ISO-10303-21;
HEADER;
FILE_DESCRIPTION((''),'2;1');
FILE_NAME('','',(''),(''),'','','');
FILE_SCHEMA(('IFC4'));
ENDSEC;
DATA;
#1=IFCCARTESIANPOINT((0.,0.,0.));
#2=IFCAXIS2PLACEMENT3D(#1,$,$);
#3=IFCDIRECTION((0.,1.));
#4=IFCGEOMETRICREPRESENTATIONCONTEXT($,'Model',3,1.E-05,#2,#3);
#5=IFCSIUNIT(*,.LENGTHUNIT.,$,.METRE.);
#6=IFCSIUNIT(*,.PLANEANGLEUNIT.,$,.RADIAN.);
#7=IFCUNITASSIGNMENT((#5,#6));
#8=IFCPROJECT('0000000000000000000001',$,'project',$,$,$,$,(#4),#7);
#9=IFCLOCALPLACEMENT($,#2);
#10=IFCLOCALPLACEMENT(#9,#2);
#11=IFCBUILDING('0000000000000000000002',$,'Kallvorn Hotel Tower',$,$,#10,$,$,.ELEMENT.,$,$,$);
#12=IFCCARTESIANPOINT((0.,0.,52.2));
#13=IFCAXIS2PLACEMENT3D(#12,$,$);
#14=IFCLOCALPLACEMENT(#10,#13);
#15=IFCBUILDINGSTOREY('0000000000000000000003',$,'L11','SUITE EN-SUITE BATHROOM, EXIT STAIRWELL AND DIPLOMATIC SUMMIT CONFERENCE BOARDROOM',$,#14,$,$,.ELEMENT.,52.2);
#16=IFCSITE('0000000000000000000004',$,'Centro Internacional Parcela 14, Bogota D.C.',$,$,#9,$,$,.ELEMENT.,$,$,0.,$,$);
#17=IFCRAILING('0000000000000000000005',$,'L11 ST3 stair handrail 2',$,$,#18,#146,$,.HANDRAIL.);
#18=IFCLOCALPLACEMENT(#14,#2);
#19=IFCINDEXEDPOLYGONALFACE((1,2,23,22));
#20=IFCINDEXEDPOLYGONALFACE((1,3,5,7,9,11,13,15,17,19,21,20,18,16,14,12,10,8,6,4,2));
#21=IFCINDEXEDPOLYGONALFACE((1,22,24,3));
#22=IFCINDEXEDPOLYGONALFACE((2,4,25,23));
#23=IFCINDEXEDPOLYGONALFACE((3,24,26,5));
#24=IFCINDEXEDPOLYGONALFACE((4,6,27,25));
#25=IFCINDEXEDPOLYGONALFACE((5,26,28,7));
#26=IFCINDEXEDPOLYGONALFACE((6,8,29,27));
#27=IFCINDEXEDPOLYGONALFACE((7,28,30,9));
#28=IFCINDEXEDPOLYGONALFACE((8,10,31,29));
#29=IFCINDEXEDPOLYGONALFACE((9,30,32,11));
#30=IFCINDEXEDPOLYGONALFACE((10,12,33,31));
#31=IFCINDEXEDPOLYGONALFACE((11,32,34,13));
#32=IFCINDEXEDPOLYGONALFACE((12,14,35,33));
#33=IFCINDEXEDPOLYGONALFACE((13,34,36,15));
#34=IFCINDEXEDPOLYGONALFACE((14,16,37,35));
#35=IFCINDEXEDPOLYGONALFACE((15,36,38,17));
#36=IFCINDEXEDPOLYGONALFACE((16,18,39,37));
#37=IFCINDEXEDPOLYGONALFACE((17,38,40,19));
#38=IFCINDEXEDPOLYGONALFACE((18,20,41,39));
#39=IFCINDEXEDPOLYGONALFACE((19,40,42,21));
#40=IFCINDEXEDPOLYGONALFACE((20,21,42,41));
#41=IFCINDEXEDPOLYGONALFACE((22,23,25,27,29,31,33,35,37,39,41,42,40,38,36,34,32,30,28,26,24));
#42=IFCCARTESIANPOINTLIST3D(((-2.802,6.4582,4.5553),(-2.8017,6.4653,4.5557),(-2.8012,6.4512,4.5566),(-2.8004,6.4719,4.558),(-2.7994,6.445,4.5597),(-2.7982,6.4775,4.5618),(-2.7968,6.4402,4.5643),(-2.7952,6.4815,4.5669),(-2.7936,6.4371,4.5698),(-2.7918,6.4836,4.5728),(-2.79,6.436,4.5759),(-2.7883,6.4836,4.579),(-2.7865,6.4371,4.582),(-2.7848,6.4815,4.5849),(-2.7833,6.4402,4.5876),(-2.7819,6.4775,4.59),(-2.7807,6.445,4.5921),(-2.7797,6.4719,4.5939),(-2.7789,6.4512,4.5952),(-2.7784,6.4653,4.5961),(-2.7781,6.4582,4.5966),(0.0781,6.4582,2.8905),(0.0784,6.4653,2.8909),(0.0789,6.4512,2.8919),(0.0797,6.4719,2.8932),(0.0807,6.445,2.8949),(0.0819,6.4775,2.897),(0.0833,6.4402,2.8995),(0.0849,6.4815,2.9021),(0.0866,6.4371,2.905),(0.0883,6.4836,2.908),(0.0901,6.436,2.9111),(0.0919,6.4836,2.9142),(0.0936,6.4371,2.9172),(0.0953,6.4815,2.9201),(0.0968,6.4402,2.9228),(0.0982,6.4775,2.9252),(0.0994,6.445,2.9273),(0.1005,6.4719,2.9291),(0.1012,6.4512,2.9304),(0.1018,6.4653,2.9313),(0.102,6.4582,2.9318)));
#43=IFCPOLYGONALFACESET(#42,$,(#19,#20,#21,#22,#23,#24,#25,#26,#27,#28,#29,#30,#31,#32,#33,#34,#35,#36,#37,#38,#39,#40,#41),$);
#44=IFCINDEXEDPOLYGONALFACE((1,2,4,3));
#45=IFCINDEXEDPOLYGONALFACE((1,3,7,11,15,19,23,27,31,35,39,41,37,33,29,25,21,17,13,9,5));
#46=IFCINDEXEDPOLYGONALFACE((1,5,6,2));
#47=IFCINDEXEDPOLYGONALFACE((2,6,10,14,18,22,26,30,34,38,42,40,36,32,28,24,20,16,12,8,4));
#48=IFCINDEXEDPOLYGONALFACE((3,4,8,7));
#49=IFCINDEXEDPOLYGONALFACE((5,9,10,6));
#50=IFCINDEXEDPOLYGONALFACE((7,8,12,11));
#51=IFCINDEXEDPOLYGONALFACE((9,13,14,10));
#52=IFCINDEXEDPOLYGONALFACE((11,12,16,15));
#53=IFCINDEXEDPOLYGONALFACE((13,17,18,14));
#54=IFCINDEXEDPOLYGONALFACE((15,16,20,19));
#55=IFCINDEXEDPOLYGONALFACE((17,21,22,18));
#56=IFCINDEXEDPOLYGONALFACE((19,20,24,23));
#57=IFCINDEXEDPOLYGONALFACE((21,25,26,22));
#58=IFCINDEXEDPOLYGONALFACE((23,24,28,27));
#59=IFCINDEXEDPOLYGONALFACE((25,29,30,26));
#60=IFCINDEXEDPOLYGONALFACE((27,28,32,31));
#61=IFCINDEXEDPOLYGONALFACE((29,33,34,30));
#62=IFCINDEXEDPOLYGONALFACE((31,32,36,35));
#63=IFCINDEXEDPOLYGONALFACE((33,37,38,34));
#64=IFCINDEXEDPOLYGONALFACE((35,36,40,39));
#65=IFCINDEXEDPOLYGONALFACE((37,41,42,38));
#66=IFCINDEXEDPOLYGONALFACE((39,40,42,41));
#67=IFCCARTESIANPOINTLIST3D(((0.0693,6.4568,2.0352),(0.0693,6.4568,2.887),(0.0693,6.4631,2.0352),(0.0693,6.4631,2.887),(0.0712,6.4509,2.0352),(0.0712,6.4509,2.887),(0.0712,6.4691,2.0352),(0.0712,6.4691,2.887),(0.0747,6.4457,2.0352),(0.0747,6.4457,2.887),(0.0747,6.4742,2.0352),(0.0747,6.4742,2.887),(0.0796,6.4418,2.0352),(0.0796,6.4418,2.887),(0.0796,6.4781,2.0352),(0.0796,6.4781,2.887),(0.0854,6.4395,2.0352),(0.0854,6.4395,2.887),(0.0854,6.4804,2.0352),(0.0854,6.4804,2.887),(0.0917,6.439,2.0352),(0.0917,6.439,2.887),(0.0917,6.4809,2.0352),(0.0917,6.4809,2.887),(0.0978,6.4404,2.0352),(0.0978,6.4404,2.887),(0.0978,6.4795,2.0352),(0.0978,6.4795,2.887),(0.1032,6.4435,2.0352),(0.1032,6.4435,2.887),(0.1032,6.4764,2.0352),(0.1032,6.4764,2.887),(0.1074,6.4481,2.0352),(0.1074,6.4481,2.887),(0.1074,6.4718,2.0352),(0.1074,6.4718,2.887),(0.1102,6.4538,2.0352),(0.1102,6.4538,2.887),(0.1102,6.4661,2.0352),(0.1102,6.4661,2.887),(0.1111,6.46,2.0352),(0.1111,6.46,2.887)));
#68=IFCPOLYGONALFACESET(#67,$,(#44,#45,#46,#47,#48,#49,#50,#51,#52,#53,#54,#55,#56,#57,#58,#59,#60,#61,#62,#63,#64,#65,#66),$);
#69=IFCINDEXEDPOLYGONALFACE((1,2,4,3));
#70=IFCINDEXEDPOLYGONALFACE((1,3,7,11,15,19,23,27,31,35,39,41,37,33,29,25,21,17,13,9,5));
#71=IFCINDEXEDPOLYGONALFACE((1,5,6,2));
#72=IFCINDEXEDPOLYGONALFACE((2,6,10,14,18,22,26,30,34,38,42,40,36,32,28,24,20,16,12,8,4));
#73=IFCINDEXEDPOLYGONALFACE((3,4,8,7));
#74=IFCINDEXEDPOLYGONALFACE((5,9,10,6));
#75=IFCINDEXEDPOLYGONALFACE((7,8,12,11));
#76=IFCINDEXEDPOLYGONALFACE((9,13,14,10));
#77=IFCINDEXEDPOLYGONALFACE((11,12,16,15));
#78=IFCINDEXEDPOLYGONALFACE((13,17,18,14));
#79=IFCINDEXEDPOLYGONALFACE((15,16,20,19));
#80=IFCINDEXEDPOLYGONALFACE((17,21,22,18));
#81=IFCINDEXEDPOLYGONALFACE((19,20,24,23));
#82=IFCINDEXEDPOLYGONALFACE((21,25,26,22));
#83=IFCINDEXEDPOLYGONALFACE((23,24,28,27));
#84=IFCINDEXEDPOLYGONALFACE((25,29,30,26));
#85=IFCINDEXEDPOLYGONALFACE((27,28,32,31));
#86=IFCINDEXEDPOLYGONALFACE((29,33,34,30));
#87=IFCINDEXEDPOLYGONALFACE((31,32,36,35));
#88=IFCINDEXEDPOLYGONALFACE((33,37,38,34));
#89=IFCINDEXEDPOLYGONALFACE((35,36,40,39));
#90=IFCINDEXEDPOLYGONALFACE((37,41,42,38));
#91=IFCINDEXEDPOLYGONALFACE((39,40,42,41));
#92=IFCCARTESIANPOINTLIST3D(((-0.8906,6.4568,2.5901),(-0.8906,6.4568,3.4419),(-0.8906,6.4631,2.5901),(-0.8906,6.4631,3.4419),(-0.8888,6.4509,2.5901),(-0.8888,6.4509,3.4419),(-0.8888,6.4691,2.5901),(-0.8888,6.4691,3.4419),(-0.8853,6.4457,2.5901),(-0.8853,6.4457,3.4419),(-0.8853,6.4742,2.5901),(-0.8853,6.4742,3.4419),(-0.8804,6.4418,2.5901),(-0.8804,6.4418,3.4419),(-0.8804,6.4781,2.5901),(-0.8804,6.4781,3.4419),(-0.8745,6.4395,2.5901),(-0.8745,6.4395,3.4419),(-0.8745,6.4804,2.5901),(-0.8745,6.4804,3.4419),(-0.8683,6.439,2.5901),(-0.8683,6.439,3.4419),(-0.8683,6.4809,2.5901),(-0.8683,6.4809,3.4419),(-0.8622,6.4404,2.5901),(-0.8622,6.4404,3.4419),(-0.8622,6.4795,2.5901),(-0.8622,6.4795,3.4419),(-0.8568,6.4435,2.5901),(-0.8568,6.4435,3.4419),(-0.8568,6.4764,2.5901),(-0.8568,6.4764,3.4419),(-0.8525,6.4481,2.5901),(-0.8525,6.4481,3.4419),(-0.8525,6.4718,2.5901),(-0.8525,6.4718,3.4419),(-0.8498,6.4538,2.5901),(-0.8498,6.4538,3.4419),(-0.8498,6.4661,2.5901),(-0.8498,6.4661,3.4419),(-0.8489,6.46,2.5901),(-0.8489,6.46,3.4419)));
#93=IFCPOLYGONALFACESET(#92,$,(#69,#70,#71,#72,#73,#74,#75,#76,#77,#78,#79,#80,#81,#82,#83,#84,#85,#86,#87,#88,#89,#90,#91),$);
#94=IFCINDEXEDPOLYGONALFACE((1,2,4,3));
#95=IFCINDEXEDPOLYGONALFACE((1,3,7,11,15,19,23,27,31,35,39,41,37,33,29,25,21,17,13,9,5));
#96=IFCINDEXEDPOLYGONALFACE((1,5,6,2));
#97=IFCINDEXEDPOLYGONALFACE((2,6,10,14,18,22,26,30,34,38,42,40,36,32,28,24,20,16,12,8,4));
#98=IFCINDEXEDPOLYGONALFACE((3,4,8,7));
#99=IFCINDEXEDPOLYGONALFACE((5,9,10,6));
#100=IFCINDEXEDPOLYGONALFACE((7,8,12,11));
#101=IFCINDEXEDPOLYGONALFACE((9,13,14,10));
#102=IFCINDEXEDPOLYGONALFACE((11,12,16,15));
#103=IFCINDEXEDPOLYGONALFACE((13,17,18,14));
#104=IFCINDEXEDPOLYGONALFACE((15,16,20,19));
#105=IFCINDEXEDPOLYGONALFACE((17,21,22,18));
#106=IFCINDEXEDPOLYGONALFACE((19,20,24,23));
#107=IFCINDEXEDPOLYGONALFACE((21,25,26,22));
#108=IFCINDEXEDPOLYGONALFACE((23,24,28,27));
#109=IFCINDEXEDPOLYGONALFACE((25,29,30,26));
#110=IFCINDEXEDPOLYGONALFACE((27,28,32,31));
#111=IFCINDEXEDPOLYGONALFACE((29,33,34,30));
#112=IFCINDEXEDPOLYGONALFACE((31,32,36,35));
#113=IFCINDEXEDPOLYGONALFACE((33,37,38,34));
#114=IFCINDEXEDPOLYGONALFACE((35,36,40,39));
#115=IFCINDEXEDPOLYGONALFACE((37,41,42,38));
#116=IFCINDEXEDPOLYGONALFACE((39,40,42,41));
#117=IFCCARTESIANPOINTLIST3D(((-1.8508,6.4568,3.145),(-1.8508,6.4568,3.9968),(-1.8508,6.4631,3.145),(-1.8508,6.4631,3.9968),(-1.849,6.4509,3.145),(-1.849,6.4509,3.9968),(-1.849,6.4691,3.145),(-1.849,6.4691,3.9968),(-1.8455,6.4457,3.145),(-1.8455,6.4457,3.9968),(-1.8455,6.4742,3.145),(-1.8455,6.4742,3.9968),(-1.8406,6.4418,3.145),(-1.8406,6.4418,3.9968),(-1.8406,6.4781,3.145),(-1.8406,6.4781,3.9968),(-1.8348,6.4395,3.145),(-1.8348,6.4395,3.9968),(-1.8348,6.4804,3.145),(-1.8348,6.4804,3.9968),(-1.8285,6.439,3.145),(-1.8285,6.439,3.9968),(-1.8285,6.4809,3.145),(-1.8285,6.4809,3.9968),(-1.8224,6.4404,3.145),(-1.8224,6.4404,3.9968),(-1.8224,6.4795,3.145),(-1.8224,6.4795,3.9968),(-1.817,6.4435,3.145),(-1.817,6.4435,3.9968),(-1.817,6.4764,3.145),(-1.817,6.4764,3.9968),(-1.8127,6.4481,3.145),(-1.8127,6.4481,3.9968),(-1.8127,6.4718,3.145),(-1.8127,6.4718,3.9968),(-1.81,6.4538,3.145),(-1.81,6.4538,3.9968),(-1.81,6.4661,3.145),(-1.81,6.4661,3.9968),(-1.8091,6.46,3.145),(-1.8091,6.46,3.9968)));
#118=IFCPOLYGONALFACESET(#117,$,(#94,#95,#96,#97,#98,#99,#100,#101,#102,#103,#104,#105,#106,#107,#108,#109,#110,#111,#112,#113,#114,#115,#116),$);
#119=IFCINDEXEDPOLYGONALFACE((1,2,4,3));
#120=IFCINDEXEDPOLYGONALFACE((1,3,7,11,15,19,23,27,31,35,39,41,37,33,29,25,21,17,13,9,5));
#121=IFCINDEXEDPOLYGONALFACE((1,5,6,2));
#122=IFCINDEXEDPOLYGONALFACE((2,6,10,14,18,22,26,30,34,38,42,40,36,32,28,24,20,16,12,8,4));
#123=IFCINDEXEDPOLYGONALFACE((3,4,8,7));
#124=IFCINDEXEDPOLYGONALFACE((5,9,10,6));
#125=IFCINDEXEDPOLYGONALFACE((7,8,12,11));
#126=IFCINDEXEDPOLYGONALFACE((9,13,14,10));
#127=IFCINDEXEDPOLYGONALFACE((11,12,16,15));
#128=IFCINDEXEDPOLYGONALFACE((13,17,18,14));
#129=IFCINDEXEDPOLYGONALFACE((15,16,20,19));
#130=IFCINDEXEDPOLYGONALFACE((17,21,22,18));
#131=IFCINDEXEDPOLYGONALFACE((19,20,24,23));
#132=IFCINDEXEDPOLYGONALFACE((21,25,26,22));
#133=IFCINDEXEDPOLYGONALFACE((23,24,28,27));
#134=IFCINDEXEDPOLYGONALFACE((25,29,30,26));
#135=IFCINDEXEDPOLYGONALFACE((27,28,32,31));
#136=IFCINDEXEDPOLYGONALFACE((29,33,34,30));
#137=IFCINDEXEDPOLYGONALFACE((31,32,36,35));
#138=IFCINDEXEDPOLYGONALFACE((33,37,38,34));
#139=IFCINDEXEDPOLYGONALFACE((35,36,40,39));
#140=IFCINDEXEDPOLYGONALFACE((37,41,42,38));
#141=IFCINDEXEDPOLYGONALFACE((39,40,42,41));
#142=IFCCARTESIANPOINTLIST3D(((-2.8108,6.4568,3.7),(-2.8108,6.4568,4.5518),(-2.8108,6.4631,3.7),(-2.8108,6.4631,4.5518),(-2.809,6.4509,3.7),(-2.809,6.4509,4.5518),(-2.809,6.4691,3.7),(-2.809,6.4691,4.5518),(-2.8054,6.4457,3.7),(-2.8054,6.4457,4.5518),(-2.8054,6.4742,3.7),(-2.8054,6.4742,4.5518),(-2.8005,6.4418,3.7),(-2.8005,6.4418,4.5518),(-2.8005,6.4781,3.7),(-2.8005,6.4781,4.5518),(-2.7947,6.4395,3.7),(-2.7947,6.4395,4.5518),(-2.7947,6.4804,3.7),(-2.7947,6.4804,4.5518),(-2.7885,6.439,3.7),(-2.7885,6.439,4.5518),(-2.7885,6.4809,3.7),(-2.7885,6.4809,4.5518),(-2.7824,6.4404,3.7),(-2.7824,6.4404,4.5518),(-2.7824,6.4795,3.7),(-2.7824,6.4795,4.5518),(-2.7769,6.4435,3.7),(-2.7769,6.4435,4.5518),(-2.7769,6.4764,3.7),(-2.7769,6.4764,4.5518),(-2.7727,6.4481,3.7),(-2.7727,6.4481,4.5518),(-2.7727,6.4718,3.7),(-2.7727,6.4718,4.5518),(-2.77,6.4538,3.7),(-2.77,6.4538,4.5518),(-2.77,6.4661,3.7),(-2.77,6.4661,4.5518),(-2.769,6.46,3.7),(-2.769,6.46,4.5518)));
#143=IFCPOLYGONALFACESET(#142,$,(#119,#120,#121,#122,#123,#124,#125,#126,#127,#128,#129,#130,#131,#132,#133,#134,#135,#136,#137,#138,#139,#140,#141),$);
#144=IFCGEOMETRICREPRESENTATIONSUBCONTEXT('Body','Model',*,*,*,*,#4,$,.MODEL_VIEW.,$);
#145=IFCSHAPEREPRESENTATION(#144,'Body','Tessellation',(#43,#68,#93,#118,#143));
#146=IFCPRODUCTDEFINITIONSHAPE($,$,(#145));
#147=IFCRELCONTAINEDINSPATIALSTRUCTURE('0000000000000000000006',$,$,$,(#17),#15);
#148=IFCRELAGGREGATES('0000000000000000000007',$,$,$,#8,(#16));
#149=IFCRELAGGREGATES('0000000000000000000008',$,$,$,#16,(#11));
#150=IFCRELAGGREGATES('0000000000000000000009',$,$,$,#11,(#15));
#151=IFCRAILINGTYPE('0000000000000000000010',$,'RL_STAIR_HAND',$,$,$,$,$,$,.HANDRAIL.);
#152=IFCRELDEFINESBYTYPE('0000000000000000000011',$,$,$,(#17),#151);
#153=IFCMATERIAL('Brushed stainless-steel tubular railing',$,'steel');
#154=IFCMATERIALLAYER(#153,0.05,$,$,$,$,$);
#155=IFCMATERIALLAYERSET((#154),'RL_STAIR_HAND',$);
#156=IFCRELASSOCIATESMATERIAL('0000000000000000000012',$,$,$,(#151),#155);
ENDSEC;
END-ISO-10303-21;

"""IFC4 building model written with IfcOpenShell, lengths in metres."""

from ifc_helpers import new_model, si_unit, direction, frame, origin, origin_2d, place, context, subcontext, project, spatial, circle, extrude, material, layer, layer_set, type_object, element, save


model = new_model("IFC4")

# Units and contexts
model_context = context("Model", 3, precision=1e-05, world=origin(), true_north=direction((0.0, 1.0)))
body_context = subcontext(model_context, "Body", "Model", "MODEL_VIEW")
ifc_project = project(units=[si_unit("LENGTHUNIT", "METRE"), si_unit("PLANEANGLEUNIT", "RADIAN")], contexts=[model_context])

# Site, building, storey
site_placement = place(None, origin())
site = spatial("IfcSite", under=ifc_project, at=site_placement, Name="Centro Internacional Parcela 14, Bogota D.C.", CompositionType="ELEMENT", RefElevation=0.0)
building_placement = place(site_placement, origin())
building = spatial("IfcBuilding", under=site, at=building_placement, Name="Kallvorn Hotel Tower", CompositionType="ELEMENT")
storey_placement = place(building_placement, frame((0.0, 0.0, 52.2)))
storey = spatial("IfcBuildingStorey", under=building, at=storey_placement, Name="L11", Description="SUITE EN-SUITE BATHROOM, EXIT STAIRWELL AND DIPLOMATIC SUMMIT CONFERENCE BOARDROOM", CompositionType="ELEMENT", Elevation=52.2)

# Railing
ifc_material_1 = material(Name="Brushed stainless-steel tubular railing", Category="steel")
ifc_layer_1 = layer(ifc_material_1, 0.05)
ifc_layer_set_1 = layer_set([ifc_layer_1], Name="RL_STAIR_HAND")
railing_type_1 = type_object("IfcRailingType", Name="RL_STAIR_HAND", PredefinedType="HANDRAIL", material=ifc_layer_set_1)
railing_1_placement = place(storey_placement, frame((0.0901, 6.46, 2.0352)))
element("IfcRailing", 1, at=railing_1_placement, inside=storey, type_object=railing_type_1, Name="L11 ST3 stair handrail 2", PredefinedType="HANDRAIL", context=body_context, shape_type="SweptSolid", body=[
    extrude(circle(Radius=0.0239, at=origin_2d()), frame((0.0, 0.0, 0.876), z_axis=(-0.865771, 0.0, 0.50044), x_axis=(0.0, -1.0, 0.0)), (0.0, 0.0, 1.0), 3.3267),
    extrude(circle(Radius=0.021, at=origin_2d()), origin(), (0.0, 0.0, 1.0), 0.8518),
    extrude(circle(Radius=0.021, at=origin_2d()), frame((-0.96, 0.0, 0.5549)), (0.0, 0.0, 1.0), 0.8518),
    extrude(circle(Radius=0.021, at=origin_2d()), frame((-1.9202, 0.0, 1.1099)), (0.0, 0.0, 1.0), 0.8518),
    extrude(circle(Radius=0.021, at=origin_2d()), frame((-2.8801, 0.0, 1.6648)), (0.0, 0.0, 1.0), 0.8518),
])

save(model, "model.ifc")
